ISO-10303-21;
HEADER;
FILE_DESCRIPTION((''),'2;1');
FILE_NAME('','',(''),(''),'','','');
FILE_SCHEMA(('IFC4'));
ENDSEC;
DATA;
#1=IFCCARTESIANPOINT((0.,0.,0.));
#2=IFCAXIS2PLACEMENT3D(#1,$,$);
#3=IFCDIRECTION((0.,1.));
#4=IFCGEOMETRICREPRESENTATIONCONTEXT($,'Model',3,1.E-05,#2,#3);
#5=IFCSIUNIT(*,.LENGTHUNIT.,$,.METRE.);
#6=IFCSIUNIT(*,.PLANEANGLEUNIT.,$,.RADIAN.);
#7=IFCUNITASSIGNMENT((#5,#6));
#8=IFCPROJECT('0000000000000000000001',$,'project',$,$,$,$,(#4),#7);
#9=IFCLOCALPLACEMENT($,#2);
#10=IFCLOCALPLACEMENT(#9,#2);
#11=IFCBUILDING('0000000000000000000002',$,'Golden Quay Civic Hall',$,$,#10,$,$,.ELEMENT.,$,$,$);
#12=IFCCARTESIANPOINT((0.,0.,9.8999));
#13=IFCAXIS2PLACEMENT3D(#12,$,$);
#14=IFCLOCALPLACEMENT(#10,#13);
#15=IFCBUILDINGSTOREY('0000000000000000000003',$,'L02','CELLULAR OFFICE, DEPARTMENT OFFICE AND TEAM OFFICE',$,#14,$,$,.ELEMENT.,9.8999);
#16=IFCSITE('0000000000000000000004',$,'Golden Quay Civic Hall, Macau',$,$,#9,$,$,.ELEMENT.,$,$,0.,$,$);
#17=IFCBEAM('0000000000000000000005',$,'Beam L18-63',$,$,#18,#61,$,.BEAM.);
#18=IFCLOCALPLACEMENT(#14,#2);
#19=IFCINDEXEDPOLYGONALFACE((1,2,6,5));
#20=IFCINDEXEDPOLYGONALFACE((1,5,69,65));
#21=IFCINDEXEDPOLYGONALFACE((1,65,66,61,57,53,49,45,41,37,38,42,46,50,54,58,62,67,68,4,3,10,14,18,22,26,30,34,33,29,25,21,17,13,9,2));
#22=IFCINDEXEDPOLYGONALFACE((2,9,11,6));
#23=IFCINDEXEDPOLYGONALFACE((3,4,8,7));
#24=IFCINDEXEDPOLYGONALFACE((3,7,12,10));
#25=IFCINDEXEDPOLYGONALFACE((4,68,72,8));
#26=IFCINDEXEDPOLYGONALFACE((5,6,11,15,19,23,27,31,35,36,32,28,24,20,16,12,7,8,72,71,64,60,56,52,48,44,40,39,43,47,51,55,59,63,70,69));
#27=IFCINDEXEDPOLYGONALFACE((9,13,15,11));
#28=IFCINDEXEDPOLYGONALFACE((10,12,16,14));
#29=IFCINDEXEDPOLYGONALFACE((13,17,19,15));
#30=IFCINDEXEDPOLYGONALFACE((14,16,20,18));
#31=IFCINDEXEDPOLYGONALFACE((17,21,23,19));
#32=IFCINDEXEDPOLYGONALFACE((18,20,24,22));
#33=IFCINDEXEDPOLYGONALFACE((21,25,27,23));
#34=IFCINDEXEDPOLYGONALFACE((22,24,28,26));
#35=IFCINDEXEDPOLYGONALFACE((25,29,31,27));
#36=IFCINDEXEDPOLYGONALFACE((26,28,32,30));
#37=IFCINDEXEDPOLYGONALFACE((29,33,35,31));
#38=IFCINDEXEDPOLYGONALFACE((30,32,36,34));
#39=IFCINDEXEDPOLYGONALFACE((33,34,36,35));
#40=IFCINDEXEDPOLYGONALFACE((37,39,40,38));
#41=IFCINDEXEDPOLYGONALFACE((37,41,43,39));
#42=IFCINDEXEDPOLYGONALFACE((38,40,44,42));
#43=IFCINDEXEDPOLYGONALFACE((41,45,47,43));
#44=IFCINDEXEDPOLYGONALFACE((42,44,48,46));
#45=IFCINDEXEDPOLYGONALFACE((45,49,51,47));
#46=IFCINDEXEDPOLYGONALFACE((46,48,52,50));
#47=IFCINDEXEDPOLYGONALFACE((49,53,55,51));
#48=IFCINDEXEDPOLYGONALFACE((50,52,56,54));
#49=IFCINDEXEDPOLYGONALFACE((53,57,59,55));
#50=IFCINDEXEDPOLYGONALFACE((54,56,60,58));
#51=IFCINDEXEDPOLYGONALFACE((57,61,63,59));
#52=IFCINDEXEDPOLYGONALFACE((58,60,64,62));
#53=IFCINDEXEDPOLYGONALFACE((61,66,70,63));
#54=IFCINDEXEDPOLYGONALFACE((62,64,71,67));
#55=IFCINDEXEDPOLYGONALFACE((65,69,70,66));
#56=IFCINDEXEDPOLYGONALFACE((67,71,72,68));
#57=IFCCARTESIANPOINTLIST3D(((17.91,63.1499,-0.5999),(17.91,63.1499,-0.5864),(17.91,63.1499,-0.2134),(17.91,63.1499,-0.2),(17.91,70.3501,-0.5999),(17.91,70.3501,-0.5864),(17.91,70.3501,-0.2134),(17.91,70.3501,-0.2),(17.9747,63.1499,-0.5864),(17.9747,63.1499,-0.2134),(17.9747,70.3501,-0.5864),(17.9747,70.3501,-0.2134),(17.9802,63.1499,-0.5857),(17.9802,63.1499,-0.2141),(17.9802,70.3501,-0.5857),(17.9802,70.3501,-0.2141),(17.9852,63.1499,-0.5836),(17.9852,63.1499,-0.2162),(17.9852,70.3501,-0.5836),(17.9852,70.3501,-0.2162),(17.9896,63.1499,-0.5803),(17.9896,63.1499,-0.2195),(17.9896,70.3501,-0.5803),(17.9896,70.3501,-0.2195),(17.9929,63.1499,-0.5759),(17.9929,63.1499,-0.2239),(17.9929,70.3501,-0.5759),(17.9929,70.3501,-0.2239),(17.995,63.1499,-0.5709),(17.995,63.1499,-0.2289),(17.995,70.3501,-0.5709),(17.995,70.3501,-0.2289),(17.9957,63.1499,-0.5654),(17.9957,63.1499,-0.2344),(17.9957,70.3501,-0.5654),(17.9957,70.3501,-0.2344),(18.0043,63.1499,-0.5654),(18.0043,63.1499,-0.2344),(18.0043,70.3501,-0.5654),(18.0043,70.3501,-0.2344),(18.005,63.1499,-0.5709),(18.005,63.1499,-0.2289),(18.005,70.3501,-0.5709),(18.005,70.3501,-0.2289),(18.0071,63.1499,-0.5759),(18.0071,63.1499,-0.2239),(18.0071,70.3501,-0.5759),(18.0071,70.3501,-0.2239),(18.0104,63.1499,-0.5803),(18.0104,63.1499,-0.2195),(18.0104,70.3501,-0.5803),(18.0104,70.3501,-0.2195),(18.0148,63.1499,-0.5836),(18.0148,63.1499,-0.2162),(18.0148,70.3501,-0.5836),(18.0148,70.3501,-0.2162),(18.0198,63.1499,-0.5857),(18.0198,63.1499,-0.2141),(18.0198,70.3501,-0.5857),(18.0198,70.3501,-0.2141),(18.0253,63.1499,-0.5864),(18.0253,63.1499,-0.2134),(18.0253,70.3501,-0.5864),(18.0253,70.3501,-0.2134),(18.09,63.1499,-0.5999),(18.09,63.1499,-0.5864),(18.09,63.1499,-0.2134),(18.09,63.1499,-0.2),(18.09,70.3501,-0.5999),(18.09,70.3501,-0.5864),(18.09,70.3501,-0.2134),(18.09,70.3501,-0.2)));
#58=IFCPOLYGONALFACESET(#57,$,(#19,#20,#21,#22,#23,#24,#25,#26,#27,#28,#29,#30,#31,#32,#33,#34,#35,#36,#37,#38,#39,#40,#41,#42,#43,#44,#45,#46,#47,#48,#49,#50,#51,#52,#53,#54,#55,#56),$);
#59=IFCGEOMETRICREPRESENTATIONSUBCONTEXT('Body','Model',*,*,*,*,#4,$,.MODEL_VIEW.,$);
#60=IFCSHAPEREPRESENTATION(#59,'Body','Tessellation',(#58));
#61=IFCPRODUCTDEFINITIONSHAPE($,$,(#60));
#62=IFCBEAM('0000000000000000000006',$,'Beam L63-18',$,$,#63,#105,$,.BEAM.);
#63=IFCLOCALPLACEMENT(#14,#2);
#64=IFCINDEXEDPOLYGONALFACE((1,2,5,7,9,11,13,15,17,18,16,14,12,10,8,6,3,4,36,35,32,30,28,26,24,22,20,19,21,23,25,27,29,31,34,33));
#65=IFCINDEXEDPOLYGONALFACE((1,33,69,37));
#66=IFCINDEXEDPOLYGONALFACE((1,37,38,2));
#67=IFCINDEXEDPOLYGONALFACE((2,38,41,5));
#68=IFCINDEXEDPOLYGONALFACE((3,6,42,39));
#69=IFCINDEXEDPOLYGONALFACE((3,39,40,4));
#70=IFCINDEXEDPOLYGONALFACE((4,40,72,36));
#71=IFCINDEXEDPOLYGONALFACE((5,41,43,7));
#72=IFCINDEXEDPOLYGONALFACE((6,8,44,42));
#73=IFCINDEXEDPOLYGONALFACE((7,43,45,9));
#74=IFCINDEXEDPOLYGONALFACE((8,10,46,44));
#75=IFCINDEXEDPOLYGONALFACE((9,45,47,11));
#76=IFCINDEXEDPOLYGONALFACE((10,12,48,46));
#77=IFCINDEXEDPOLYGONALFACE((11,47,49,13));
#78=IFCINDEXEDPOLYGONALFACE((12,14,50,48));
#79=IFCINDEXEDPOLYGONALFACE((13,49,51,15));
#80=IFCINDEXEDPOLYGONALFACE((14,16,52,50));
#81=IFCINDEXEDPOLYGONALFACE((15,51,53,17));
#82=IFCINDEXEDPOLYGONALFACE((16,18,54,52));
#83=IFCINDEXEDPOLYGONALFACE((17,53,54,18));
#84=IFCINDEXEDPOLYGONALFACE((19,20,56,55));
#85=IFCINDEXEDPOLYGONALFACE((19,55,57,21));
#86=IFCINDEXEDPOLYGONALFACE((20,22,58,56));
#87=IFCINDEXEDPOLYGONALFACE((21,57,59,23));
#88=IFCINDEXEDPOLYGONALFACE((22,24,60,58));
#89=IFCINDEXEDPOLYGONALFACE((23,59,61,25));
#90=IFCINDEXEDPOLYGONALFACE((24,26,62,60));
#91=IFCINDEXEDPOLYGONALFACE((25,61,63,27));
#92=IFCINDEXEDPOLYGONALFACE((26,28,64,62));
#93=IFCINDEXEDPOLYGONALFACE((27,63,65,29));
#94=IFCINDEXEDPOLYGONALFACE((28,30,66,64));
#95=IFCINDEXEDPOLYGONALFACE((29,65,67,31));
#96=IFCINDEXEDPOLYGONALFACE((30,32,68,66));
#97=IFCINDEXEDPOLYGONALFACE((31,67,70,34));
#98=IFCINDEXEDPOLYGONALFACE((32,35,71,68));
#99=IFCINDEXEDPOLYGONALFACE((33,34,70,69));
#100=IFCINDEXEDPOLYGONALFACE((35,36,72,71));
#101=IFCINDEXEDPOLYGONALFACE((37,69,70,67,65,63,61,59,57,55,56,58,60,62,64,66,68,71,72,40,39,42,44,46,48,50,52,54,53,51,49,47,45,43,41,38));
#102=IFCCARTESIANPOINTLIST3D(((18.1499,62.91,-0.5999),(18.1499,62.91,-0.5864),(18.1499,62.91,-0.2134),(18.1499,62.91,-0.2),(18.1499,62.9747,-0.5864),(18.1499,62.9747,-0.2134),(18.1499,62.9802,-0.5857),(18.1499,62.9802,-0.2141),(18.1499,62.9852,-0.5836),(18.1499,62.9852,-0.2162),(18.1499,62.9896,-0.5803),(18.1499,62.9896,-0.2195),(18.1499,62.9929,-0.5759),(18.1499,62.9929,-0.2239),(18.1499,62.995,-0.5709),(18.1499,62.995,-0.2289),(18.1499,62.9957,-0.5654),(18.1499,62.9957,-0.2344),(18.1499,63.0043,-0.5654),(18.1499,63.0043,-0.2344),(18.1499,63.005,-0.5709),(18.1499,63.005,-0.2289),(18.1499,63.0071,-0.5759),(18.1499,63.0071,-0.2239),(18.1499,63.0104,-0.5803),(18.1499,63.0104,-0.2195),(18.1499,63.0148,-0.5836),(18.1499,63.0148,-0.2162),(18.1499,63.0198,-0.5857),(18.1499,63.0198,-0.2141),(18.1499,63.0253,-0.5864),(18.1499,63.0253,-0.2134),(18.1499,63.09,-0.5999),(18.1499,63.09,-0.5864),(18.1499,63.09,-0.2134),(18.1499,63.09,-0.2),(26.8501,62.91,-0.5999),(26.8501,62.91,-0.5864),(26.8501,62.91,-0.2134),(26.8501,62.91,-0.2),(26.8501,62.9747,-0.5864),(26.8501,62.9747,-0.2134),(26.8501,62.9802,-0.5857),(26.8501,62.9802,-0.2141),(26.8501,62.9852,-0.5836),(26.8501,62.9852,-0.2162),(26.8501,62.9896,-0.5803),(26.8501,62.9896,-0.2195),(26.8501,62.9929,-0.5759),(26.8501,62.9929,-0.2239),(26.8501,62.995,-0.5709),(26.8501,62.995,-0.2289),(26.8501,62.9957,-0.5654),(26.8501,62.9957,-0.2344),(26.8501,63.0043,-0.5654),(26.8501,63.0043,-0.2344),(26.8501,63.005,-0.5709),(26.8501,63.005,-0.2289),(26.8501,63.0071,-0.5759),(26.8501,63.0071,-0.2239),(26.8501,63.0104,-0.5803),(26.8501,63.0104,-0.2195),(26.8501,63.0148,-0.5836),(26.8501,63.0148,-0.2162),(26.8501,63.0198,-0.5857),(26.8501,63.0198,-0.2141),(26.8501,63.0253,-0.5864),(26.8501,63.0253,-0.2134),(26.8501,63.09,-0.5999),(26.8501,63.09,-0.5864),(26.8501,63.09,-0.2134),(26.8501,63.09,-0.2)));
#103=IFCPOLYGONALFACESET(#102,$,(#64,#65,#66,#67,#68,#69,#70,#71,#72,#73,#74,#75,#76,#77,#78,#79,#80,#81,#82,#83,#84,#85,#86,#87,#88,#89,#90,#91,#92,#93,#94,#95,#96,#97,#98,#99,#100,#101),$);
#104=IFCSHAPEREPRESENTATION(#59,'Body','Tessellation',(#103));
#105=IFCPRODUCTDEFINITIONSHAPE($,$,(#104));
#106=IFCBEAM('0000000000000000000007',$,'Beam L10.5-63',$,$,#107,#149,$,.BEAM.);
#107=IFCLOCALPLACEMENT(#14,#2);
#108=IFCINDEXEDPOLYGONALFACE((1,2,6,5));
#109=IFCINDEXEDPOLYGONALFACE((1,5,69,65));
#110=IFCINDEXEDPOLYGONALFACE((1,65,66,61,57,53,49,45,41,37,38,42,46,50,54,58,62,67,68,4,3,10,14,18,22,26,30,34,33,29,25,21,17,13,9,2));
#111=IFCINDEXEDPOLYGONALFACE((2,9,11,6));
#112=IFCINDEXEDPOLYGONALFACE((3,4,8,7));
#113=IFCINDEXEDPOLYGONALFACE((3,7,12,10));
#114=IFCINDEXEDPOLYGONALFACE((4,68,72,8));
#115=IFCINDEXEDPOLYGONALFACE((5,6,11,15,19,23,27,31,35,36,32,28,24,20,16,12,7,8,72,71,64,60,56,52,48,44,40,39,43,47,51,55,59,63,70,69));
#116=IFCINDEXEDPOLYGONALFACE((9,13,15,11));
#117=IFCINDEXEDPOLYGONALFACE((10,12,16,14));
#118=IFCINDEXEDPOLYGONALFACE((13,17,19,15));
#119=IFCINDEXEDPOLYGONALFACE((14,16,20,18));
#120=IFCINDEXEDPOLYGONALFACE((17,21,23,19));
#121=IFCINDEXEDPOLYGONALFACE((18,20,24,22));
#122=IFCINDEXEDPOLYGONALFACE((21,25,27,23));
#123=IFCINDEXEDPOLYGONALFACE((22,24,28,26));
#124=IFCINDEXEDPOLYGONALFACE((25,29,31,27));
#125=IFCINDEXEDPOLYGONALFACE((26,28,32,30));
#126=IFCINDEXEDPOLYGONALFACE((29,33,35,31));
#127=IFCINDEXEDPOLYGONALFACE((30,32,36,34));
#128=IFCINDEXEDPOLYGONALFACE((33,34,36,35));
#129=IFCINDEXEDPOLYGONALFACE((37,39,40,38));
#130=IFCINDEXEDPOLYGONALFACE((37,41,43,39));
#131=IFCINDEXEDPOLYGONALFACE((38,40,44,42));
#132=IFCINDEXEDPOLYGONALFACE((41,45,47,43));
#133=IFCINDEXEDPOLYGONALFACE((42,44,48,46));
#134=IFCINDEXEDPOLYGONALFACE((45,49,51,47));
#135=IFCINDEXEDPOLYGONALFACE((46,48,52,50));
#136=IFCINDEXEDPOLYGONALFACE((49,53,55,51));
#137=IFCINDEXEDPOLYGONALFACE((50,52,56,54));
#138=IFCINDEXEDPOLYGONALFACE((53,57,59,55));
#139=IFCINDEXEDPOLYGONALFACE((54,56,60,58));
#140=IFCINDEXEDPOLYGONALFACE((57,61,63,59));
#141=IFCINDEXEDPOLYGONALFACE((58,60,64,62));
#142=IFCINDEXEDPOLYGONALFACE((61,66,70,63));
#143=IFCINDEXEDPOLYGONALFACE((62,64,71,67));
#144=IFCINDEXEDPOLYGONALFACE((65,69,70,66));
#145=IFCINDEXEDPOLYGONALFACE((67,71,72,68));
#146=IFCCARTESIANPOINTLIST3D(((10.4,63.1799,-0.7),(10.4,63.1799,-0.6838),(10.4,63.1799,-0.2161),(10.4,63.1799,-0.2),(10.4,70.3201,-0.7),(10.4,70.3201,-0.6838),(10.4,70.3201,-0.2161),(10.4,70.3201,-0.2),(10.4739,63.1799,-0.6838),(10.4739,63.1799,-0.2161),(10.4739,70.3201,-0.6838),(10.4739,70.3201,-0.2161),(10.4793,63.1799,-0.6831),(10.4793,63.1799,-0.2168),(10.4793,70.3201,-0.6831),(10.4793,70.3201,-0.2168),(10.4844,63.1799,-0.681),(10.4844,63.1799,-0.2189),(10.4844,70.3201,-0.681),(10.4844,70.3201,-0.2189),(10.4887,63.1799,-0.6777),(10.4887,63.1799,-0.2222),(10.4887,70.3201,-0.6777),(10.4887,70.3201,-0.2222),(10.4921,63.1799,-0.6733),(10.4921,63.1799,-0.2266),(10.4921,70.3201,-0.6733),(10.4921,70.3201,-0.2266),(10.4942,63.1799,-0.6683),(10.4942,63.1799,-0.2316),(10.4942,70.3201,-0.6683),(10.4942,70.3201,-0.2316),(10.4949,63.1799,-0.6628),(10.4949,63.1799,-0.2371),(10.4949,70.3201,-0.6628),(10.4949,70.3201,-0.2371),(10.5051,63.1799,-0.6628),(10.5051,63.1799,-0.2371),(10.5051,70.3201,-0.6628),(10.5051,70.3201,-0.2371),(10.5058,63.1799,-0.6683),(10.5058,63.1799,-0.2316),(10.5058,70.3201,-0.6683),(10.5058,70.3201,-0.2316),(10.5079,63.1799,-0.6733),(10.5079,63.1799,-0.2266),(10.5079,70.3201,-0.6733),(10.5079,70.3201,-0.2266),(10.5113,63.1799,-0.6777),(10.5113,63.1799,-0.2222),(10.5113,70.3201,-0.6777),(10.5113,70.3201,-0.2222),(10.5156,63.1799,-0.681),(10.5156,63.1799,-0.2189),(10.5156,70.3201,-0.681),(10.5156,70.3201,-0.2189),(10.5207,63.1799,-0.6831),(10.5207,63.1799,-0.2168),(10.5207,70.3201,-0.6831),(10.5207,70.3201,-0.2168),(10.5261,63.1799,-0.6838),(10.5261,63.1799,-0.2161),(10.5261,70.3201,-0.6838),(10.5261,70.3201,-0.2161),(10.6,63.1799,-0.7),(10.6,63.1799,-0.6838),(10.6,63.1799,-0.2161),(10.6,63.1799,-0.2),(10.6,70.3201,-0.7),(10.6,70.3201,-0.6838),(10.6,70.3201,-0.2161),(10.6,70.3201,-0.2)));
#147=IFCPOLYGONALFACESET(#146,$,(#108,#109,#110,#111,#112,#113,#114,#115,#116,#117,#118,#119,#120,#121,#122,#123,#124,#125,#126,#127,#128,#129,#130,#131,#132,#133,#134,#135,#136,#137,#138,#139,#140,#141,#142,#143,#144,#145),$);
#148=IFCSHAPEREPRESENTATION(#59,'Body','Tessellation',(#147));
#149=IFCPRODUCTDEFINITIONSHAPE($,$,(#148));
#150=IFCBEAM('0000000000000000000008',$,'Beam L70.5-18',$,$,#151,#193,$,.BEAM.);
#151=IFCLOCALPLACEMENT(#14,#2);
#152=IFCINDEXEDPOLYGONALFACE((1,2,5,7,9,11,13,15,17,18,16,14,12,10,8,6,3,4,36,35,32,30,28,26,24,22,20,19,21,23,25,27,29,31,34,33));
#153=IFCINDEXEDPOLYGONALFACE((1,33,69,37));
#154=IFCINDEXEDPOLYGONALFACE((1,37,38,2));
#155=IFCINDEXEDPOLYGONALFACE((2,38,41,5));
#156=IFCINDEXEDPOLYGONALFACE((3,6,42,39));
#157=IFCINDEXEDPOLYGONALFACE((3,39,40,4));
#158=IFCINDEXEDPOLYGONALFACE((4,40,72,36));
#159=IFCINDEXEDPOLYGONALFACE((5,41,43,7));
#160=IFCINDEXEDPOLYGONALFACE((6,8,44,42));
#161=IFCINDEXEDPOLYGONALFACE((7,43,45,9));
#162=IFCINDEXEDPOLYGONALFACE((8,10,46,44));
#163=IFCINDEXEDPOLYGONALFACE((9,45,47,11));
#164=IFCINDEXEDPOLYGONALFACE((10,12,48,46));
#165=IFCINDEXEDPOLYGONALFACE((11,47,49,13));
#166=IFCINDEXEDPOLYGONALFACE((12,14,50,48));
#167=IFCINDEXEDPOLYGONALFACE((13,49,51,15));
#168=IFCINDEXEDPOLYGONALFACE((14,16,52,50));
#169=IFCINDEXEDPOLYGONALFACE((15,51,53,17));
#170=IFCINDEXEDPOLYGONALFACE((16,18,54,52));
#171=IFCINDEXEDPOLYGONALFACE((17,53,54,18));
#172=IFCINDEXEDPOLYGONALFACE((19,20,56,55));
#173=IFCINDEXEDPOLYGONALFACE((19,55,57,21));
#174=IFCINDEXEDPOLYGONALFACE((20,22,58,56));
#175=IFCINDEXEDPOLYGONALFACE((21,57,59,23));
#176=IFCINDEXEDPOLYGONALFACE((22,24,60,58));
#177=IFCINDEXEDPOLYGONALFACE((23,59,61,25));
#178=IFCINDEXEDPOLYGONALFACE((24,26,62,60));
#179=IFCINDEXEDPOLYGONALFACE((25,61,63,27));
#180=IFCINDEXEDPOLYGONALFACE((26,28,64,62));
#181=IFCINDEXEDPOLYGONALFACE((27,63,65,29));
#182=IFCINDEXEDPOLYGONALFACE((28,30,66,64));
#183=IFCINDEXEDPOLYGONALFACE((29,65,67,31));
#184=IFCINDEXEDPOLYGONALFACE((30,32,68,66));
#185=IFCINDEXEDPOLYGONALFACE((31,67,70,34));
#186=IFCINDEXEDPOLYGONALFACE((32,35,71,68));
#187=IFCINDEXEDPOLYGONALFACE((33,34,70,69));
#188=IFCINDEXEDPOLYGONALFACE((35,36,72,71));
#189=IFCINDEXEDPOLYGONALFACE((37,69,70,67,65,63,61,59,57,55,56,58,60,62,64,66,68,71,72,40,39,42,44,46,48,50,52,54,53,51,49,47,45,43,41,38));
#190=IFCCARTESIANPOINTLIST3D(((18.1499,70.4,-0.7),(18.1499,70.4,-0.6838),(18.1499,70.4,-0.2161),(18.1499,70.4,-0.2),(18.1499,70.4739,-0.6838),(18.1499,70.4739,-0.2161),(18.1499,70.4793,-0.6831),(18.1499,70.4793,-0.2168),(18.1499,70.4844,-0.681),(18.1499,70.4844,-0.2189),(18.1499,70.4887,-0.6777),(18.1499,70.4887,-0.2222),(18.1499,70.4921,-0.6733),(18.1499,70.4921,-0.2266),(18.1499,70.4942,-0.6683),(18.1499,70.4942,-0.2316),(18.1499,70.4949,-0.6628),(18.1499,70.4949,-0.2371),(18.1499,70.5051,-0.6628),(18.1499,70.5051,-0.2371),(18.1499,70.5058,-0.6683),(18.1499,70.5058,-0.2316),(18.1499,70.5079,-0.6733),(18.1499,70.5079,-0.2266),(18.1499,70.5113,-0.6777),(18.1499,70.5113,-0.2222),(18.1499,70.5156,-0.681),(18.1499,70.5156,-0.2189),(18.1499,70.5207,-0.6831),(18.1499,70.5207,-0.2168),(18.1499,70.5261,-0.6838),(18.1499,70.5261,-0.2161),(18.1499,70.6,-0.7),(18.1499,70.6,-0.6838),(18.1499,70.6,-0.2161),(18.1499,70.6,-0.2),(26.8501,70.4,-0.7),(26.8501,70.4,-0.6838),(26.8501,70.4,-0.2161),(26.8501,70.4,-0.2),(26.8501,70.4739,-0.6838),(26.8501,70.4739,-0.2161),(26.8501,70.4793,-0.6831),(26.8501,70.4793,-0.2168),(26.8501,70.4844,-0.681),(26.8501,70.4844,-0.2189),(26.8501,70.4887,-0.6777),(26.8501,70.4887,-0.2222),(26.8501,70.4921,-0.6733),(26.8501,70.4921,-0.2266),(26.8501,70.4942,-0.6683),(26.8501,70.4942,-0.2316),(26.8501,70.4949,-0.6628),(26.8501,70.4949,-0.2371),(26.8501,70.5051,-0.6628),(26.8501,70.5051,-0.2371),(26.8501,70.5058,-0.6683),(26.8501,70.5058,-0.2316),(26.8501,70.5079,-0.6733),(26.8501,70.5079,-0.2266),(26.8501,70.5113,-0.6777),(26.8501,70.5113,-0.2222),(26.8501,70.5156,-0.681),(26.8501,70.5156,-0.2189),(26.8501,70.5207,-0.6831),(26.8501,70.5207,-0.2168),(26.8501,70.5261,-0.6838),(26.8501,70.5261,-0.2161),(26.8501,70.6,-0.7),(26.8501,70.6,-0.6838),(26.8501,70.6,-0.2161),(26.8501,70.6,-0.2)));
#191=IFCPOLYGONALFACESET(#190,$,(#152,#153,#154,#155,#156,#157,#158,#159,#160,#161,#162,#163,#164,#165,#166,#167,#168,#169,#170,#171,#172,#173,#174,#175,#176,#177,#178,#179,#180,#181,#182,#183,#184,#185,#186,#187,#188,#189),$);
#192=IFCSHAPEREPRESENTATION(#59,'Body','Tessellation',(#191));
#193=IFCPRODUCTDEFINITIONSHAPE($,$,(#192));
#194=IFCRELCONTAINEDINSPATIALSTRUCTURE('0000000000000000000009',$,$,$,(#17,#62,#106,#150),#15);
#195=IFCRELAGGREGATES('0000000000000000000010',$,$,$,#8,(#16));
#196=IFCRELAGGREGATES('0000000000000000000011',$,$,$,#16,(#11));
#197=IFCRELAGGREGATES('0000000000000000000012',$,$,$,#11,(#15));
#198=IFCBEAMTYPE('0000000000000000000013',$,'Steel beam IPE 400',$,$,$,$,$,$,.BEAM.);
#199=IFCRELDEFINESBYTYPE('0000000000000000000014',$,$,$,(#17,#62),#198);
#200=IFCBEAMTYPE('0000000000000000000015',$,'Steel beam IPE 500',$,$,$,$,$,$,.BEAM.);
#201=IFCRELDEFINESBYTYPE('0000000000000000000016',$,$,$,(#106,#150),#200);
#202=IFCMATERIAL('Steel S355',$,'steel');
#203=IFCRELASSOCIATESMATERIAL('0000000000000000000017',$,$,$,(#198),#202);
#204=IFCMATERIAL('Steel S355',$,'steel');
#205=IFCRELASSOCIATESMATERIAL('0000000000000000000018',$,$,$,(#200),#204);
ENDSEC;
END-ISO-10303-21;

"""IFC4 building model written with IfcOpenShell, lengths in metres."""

from ifc_helpers import new_model, si_unit, direction, frame, origin, origin_2d, place, context, subcontext, project, spatial, i_section, extrude, material, material_profile, profile_set, type_object, element, save


model = new_model("IFC4")

# Units and contexts
model_context = context("Model", 3, precision=1e-05, world=origin(), true_north=direction((0.0, 1.0)))
body_context = subcontext(model_context, "Body", "Model", "MODEL_VIEW")
ifc_project = project(units=[si_unit("LENGTHUNIT", "METRE"), si_unit("PLANEANGLEUNIT", "RADIAN")], contexts=[model_context])

# Site, building, storey
site_placement = place(None, origin())
site = spatial("IfcSite", under=ifc_project, at=site_placement, Name="Golden Quay Civic Hall, Macau", CompositionType="ELEMENT", RefElevation=0.0)
building_placement = place(site_placement, origin())
building = spatial("IfcBuilding", under=site, at=building_placement, Name="Golden Quay Civic Hall", CompositionType="ELEMENT")
storey_placement = place(building_placement, frame((0.0, 0.0, 9.8999)))
storey = spatial("IfcBuildingStorey", under=building, at=storey_placement, Name="L02", Description="CELLULAR OFFICE, DEPARTMENT OFFICE AND TEAM OFFICE", CompositionType="ELEMENT", Elevation=9.8999)

# Beams
ifc_material_1 = material(Name="Steel S355", Category="steel")
ifc_material_profile_1 = material_profile(ifc_material_1, i_section(OverallWidth=0.1799, OverallDepth=0.3999, WebThickness=0.0085, FlangeThickness=0.0134, FilletRadius=0.021, at=origin_2d()), Name="IPE 400")
ifc_profile_set_1 = profile_set([ifc_material_profile_1], Name="Steel S355")
beam_type_1 = type_object("IfcBeamType", Name="Steel beam IPE 400", PredefinedType="BEAM", material=ifc_profile_set_1)
beam_1_placement = place(storey_placement, frame((18.0, 63.1499, -0.3999), z_axis=(0.0, 1.0, 0.0), x_axis=(-1.0, 0.0, 0.0)))
element("IfcBeam", 1, at=beam_1_placement, inside=storey, type_object=beam_type_1, Name="Beam L18-63", PredefinedType="BEAM", context=body_context, shape_type="SweptSolid", body=[
    extrude(i_section(OverallWidth=0.1799, OverallDepth=0.3999, WebThickness=0.0085, FlangeThickness=0.0134, FilletRadius=0.021, at=origin_2d()), origin(), (0.0, 0.0, 1.0), 7.2002),
])
beam_2_placement = place(storey_placement, frame((18.1499, 63.0, -0.3999), z_axis=(1.0, 0.0, 0.0), x_axis=(0.0, 1.0, 0.0)))
element("IfcBeam", 2, at=beam_2_placement, inside=storey, type_object=beam_type_1, Name="Beam L63-18", PredefinedType="BEAM", context=body_context, shape_type="SweptSolid", body=[
    extrude(i_section(OverallWidth=0.1799, OverallDepth=0.3999, WebThickness=0.0085, FlangeThickness=0.0134, FilletRadius=0.021, at=origin_2d()), origin(), (0.0, 0.0, 1.0), 8.7002),
])
ifc_material_2 = material(Name="Steel S355", Category="steel")
ifc_material_profile_2 = material_profile(ifc_material_2, i_section(OverallWidth=0.2, OverallDepth=0.5, WebThickness=0.0103, FlangeThickness=0.0161, FilletRadius=0.021, at=origin_2d()), Name="IPE 500")
ifc_profile_set_2 = profile_set([ifc_material_profile_2], Name="Steel S355")
beam_type_2 = type_object("IfcBeamType", Name="Steel beam IPE 500", PredefinedType="BEAM", material=ifc_profile_set_2)
beam_3_placement = place(storey_placement, frame((10.5, 63.1799, -0.45), z_axis=(0.0, 1.0, 0.0), x_axis=(-1.0, 0.0, 0.0)))
element("IfcBeam", 3, at=beam_3_placement, inside=storey, type_object=beam_type_2, Name="Beam L10.5-63", PredefinedType="BEAM", context=body_context, shape_type="SweptSolid", body=[
    extrude(i_section(OverallWidth=0.2, OverallDepth=0.5, WebThickness=0.0103, FlangeThickness=0.0161, FilletRadius=0.021, at=origin_2d()), origin(), (0.0, 0.0, 1.0), 7.1401),
])
beam_4_placement = place(storey_placement, frame((18.1499, 70.5, -0.45), z_axis=(1.0, 0.0, 0.0), x_axis=(0.0, 1.0, 0.0)))
element("IfcBeam", 4, at=beam_4_placement, inside=storey, type_object=beam_type_2, Name="Beam L70.5-18", PredefinedType="BEAM", context=body_context, shape_type="SweptSolid", body=[
    extrude(i_section(OverallWidth=0.2, OverallDepth=0.5, WebThickness=0.0103, FlangeThickness=0.0161, FilletRadius=0.021, at=origin_2d()), origin(), (0.0, 0.0, 1.0), 8.7002),
])

save(model, "model.ifc")
